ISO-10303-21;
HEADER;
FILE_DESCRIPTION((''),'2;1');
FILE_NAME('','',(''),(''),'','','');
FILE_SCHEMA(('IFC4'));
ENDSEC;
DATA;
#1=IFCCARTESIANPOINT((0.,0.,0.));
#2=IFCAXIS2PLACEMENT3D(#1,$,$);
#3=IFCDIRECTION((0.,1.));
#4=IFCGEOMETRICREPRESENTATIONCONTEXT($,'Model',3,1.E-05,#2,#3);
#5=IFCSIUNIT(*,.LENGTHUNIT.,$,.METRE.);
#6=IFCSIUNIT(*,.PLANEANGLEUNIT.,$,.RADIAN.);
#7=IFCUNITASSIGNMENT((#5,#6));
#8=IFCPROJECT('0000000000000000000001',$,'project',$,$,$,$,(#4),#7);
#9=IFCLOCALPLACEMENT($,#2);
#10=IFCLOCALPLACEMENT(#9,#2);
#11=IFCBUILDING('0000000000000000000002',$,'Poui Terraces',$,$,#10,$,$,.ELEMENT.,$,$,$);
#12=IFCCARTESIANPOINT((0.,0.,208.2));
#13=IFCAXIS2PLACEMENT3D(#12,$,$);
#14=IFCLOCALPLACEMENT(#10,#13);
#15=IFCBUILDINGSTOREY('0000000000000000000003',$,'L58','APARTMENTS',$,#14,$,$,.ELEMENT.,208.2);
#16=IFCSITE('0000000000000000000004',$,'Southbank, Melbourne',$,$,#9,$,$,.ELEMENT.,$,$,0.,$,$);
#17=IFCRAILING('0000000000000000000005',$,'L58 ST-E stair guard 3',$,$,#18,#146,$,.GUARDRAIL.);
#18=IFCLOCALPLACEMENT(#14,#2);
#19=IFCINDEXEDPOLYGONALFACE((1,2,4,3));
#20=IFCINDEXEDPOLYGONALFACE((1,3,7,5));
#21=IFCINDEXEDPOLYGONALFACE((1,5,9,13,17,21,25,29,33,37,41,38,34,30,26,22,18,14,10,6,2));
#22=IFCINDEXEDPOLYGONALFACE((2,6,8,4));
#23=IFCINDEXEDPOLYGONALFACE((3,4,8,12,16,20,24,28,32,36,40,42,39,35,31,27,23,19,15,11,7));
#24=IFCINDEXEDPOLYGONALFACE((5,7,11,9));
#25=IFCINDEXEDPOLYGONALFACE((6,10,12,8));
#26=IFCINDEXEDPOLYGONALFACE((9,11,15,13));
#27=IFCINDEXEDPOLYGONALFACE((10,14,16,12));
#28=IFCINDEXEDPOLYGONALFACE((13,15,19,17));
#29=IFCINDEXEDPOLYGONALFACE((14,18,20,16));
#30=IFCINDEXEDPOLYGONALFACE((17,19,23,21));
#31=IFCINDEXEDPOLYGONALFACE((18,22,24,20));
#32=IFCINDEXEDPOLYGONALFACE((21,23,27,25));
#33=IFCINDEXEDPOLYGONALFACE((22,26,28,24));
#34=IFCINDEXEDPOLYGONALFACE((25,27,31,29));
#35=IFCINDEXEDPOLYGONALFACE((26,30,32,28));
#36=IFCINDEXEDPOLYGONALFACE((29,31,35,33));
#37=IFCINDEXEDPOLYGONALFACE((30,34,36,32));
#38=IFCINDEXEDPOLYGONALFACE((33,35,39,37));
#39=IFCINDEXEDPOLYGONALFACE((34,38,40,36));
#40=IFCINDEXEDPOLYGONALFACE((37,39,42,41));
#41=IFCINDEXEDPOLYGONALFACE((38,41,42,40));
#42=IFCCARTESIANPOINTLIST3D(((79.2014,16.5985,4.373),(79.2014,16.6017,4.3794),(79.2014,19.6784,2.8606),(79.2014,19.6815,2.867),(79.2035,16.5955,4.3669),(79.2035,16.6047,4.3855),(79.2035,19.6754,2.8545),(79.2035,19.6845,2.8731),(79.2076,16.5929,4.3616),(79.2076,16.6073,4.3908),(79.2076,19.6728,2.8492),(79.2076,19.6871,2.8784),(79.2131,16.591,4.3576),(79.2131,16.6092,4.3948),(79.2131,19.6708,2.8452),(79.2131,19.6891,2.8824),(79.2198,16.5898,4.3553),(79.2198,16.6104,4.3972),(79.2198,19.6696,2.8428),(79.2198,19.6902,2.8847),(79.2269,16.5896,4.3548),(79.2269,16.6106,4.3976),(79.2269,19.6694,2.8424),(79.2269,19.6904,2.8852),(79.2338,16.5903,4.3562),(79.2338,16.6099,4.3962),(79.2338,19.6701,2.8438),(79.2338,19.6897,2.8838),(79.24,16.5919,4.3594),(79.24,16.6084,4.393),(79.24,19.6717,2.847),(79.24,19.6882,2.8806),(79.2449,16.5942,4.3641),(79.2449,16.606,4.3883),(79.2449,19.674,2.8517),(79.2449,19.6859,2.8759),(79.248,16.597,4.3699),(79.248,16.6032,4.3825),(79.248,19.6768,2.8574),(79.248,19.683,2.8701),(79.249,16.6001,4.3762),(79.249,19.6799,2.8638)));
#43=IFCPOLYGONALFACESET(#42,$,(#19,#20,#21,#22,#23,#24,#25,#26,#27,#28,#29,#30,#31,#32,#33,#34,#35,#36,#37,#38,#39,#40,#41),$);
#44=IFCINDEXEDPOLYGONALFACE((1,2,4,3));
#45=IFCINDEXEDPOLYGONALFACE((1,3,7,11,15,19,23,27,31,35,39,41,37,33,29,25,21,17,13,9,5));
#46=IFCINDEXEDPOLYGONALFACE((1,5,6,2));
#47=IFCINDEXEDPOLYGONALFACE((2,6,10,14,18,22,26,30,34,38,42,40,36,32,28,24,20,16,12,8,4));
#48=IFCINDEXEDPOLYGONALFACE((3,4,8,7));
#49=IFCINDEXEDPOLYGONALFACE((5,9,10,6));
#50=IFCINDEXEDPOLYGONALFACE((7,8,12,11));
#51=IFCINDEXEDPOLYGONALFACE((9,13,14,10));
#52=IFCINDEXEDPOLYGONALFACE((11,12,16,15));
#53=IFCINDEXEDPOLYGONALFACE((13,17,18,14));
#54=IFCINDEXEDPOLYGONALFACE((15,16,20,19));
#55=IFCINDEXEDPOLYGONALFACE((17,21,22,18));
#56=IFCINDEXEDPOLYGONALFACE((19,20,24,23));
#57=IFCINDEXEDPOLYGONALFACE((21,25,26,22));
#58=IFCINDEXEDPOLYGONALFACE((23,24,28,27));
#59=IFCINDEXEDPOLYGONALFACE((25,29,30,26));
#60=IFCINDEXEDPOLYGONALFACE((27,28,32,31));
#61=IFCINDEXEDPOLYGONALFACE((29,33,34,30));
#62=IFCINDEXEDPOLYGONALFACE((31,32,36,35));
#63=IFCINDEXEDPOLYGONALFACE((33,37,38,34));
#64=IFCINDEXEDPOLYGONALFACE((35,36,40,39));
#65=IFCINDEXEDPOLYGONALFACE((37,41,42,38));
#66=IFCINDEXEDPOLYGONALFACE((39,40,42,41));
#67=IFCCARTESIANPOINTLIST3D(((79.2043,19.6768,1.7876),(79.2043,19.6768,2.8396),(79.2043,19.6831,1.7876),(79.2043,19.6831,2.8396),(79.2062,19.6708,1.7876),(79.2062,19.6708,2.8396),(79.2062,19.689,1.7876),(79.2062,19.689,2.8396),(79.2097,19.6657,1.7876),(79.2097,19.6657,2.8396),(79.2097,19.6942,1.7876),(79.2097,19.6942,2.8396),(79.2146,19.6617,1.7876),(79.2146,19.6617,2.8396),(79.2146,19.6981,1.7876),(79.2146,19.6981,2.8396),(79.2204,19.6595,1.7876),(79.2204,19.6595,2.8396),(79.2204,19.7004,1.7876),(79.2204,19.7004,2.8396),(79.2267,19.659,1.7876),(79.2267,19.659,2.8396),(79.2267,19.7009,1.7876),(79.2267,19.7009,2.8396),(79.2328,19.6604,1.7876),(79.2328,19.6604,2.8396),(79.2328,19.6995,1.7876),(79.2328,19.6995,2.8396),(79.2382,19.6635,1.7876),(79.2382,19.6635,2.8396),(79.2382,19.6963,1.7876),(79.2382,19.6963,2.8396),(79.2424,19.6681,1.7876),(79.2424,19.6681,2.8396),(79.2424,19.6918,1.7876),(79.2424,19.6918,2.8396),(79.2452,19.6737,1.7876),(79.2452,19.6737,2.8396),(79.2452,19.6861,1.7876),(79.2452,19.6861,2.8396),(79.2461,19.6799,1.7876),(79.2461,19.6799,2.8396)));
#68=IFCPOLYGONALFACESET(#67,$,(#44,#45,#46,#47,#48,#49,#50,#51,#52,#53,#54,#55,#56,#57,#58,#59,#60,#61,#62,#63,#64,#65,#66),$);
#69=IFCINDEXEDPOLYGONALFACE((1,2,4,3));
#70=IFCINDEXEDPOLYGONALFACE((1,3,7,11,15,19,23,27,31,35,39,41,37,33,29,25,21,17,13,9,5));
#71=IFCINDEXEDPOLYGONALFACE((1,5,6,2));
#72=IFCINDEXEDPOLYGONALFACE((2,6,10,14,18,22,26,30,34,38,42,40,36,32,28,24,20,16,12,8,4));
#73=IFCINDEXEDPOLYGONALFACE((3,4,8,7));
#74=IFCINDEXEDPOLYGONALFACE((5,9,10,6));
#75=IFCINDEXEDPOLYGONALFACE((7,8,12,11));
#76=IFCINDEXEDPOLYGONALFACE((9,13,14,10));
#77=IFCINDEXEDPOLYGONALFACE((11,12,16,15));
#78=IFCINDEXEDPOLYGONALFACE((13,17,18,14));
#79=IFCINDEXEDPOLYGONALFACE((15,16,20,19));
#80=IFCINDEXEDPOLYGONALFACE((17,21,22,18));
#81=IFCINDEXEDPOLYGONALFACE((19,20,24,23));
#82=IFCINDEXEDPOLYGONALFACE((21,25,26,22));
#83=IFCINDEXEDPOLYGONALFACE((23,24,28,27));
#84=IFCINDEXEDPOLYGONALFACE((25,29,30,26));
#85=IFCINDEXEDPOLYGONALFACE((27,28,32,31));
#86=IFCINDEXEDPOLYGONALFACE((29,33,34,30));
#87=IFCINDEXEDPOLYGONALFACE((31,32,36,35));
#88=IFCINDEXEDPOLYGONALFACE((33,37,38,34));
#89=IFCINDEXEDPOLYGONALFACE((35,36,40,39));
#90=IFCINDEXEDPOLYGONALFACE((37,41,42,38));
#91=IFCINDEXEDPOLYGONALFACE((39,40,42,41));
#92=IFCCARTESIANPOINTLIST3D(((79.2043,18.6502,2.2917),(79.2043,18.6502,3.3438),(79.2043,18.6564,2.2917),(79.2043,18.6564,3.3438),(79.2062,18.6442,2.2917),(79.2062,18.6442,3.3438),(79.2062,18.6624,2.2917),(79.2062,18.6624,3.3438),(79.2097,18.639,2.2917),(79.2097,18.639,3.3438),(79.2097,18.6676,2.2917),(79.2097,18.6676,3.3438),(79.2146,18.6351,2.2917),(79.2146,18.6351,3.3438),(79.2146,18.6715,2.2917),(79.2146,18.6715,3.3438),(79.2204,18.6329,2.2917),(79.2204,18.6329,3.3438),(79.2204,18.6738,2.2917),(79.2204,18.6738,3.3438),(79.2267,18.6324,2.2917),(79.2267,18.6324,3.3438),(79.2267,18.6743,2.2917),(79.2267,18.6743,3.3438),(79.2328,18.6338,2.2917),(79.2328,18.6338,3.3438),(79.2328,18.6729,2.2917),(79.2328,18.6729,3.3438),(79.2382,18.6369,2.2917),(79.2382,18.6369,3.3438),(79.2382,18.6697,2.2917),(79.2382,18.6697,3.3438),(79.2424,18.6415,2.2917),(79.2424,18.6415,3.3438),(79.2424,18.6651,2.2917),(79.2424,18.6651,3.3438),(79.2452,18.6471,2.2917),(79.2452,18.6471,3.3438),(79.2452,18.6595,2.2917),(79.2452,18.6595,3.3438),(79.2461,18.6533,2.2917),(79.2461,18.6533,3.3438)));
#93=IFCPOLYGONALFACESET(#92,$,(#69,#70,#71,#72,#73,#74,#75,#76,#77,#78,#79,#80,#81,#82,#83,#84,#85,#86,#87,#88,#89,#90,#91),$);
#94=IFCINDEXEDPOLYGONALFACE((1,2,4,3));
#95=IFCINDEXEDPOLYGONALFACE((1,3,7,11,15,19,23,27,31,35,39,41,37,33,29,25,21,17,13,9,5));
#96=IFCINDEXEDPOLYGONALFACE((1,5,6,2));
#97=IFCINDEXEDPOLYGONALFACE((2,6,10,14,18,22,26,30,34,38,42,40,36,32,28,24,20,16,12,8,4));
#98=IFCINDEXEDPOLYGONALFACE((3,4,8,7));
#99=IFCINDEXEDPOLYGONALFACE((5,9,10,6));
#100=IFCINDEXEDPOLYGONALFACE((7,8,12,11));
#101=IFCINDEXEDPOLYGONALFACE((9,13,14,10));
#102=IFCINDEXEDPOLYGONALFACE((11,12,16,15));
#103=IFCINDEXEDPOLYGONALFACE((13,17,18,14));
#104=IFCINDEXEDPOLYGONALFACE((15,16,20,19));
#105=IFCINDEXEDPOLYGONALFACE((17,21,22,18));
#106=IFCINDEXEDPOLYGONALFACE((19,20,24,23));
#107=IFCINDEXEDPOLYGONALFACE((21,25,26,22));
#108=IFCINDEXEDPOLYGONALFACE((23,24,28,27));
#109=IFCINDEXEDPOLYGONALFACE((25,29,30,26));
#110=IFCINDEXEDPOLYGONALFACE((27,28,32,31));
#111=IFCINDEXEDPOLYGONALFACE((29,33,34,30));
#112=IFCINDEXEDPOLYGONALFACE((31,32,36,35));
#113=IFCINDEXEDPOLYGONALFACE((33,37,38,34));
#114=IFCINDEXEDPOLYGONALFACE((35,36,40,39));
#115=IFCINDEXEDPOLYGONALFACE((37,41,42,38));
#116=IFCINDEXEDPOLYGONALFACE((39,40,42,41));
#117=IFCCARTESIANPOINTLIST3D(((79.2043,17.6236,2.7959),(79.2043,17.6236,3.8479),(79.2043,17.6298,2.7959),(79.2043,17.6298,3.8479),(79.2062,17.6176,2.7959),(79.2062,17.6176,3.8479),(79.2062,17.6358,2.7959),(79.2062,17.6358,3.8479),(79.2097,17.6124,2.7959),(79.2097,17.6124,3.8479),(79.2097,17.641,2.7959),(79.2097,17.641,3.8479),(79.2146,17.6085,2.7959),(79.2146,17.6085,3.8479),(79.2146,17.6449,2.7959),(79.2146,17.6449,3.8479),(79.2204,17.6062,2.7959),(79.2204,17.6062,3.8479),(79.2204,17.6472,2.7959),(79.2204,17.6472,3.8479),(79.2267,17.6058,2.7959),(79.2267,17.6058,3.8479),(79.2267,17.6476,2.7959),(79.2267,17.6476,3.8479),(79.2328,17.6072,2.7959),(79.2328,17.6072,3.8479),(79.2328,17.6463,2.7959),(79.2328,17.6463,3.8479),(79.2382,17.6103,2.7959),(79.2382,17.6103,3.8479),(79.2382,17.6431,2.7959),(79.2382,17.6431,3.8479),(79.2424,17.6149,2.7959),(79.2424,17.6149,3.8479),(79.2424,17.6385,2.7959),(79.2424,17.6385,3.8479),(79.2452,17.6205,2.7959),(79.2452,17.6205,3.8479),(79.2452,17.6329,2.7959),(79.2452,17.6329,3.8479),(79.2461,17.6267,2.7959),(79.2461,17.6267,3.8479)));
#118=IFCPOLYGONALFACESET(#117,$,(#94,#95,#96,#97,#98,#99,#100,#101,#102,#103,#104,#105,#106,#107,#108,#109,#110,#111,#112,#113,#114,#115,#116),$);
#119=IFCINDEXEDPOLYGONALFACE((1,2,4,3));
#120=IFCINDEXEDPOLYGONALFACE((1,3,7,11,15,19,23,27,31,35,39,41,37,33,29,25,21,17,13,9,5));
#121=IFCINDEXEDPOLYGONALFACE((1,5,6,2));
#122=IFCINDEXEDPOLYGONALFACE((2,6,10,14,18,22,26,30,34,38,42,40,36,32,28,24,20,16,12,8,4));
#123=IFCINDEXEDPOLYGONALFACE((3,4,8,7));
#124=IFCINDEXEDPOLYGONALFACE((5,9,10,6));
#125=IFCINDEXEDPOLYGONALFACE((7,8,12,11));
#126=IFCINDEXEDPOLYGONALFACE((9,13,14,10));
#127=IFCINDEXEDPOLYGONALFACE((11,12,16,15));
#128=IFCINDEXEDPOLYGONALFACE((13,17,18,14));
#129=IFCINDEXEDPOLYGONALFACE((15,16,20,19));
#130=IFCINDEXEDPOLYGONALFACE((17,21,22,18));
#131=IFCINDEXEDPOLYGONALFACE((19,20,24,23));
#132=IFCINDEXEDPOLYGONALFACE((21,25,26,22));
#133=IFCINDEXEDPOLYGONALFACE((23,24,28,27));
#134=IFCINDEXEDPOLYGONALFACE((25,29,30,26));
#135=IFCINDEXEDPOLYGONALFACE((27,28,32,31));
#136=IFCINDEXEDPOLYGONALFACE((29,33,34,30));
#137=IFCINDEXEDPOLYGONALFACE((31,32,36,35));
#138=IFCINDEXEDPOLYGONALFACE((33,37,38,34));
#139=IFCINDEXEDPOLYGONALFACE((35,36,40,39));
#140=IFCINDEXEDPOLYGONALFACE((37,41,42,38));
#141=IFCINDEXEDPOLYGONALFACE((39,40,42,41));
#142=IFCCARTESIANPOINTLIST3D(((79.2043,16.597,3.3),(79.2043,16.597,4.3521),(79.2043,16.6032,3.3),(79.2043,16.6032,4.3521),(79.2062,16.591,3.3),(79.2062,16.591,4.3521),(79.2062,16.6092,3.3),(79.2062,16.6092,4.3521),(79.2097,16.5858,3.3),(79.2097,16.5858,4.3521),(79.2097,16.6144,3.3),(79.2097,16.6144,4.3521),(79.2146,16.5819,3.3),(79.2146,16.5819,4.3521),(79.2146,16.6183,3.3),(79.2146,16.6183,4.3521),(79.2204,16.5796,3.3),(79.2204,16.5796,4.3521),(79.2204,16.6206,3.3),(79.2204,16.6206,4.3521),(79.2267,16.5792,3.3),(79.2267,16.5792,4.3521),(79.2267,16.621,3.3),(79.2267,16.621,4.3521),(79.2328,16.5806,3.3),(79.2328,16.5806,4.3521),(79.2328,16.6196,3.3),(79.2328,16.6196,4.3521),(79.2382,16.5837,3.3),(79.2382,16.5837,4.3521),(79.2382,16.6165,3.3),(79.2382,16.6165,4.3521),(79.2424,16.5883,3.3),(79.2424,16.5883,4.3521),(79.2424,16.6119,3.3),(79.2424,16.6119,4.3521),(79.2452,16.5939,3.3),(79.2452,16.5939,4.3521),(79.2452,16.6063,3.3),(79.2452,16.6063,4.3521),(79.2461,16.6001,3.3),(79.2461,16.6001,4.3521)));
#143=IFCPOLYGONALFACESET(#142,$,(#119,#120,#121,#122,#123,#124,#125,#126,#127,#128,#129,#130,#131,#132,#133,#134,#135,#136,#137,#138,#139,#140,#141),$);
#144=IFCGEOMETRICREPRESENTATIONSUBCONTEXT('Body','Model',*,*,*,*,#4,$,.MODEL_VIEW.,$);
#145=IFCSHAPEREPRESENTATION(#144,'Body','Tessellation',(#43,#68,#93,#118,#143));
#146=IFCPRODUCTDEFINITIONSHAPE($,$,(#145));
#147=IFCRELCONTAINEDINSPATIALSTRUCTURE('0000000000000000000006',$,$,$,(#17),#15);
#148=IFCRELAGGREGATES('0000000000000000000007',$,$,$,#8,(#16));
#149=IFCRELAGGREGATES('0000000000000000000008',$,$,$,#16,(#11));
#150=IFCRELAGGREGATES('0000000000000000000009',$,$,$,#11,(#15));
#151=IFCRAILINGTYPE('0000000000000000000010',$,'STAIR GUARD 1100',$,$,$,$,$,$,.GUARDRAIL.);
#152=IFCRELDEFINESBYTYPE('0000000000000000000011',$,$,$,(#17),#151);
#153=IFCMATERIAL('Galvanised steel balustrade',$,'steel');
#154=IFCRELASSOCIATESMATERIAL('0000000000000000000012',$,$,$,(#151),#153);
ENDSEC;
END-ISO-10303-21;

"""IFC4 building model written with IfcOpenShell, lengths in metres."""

from ifc_helpers import new_model, si_unit, direction, frame, origin, origin_2d, place, context, subcontext, project, spatial, circle, extrude, material, type_object, element, save


model = new_model("IFC4")

# Units and contexts
model_context = context("Model", 3, precision=1e-05, world=origin(), true_north=direction((0.0, 1.0)))
body_context = subcontext(model_context, "Body", "Model", "MODEL_VIEW")
ifc_project = project(units=[si_unit("LENGTHUNIT", "METRE"), si_unit("PLANEANGLEUNIT", "RADIAN")], contexts=[model_context])

# Site, building, storey
site_placement = place(None, origin())
site = spatial("IfcSite", under=ifc_project, at=site_placement, Name="Southbank, Melbourne", CompositionType="ELEMENT", RefElevation=0.0)
building_placement = place(site_placement, origin())
building = spatial("IfcBuilding", under=site, at=building_placement, Name="Poui Terraces", CompositionType="ELEMENT")
storey_placement = place(building_placement, frame((0.0, 0.0, 208.2)))
storey = spatial("IfcBuildingStorey", under=building, at=storey_placement, Name="L58", Description="APARTMENTS", CompositionType="ELEMENT", Elevation=208.2)

# Railing
ifc_material_1 = material(Name="Galvanised steel balustrade", Category="steel")
railing_type_1 = type_object("IfcRailingType", Name="STAIR GUARD 1100", PredefinedType="GUARDRAIL", material=ifc_material_1)
railing_1_placement = place(storey_placement, frame((79.2251, 19.6799, 1.7876)))
element("IfcRailing", 1, at=railing_1_placement, inside=storey, type_object=railing_type_1, Name="L58 ST-E stair guard 3", PredefinedType="GUARDRAIL", context=body_context, shape_type="SweptSolid", body=[
    extrude(circle(Radius=0.0239, at=origin_2d()), frame((0.0, 0.0, 1.0762), z_axis=(0.0, -0.897606, 0.440798), x_axis=(1.0, 0.0, 0.0)), (0.0, 0.0, 1.0), 3.4312),
    extrude(circle(Radius=0.021, at=origin_2d()), origin(), (0.0, 0.0, 1.0), 1.052),
    extrude(circle(Radius=0.021, at=origin_2d()), frame((0.0, -1.0266, 0.5042)), (0.0, 0.0, 1.0), 1.052),
    extrude(circle(Radius=0.021, at=origin_2d()), frame((0.0, -2.0532, 1.0083)), (0.0, 0.0, 1.0), 1.052),
    extrude(circle(Radius=0.021, at=origin_2d()), frame((0.0, -3.0798, 1.5125)), (0.0, 0.0, 1.0), 1.052),
])

save(model, "model.ifc")
